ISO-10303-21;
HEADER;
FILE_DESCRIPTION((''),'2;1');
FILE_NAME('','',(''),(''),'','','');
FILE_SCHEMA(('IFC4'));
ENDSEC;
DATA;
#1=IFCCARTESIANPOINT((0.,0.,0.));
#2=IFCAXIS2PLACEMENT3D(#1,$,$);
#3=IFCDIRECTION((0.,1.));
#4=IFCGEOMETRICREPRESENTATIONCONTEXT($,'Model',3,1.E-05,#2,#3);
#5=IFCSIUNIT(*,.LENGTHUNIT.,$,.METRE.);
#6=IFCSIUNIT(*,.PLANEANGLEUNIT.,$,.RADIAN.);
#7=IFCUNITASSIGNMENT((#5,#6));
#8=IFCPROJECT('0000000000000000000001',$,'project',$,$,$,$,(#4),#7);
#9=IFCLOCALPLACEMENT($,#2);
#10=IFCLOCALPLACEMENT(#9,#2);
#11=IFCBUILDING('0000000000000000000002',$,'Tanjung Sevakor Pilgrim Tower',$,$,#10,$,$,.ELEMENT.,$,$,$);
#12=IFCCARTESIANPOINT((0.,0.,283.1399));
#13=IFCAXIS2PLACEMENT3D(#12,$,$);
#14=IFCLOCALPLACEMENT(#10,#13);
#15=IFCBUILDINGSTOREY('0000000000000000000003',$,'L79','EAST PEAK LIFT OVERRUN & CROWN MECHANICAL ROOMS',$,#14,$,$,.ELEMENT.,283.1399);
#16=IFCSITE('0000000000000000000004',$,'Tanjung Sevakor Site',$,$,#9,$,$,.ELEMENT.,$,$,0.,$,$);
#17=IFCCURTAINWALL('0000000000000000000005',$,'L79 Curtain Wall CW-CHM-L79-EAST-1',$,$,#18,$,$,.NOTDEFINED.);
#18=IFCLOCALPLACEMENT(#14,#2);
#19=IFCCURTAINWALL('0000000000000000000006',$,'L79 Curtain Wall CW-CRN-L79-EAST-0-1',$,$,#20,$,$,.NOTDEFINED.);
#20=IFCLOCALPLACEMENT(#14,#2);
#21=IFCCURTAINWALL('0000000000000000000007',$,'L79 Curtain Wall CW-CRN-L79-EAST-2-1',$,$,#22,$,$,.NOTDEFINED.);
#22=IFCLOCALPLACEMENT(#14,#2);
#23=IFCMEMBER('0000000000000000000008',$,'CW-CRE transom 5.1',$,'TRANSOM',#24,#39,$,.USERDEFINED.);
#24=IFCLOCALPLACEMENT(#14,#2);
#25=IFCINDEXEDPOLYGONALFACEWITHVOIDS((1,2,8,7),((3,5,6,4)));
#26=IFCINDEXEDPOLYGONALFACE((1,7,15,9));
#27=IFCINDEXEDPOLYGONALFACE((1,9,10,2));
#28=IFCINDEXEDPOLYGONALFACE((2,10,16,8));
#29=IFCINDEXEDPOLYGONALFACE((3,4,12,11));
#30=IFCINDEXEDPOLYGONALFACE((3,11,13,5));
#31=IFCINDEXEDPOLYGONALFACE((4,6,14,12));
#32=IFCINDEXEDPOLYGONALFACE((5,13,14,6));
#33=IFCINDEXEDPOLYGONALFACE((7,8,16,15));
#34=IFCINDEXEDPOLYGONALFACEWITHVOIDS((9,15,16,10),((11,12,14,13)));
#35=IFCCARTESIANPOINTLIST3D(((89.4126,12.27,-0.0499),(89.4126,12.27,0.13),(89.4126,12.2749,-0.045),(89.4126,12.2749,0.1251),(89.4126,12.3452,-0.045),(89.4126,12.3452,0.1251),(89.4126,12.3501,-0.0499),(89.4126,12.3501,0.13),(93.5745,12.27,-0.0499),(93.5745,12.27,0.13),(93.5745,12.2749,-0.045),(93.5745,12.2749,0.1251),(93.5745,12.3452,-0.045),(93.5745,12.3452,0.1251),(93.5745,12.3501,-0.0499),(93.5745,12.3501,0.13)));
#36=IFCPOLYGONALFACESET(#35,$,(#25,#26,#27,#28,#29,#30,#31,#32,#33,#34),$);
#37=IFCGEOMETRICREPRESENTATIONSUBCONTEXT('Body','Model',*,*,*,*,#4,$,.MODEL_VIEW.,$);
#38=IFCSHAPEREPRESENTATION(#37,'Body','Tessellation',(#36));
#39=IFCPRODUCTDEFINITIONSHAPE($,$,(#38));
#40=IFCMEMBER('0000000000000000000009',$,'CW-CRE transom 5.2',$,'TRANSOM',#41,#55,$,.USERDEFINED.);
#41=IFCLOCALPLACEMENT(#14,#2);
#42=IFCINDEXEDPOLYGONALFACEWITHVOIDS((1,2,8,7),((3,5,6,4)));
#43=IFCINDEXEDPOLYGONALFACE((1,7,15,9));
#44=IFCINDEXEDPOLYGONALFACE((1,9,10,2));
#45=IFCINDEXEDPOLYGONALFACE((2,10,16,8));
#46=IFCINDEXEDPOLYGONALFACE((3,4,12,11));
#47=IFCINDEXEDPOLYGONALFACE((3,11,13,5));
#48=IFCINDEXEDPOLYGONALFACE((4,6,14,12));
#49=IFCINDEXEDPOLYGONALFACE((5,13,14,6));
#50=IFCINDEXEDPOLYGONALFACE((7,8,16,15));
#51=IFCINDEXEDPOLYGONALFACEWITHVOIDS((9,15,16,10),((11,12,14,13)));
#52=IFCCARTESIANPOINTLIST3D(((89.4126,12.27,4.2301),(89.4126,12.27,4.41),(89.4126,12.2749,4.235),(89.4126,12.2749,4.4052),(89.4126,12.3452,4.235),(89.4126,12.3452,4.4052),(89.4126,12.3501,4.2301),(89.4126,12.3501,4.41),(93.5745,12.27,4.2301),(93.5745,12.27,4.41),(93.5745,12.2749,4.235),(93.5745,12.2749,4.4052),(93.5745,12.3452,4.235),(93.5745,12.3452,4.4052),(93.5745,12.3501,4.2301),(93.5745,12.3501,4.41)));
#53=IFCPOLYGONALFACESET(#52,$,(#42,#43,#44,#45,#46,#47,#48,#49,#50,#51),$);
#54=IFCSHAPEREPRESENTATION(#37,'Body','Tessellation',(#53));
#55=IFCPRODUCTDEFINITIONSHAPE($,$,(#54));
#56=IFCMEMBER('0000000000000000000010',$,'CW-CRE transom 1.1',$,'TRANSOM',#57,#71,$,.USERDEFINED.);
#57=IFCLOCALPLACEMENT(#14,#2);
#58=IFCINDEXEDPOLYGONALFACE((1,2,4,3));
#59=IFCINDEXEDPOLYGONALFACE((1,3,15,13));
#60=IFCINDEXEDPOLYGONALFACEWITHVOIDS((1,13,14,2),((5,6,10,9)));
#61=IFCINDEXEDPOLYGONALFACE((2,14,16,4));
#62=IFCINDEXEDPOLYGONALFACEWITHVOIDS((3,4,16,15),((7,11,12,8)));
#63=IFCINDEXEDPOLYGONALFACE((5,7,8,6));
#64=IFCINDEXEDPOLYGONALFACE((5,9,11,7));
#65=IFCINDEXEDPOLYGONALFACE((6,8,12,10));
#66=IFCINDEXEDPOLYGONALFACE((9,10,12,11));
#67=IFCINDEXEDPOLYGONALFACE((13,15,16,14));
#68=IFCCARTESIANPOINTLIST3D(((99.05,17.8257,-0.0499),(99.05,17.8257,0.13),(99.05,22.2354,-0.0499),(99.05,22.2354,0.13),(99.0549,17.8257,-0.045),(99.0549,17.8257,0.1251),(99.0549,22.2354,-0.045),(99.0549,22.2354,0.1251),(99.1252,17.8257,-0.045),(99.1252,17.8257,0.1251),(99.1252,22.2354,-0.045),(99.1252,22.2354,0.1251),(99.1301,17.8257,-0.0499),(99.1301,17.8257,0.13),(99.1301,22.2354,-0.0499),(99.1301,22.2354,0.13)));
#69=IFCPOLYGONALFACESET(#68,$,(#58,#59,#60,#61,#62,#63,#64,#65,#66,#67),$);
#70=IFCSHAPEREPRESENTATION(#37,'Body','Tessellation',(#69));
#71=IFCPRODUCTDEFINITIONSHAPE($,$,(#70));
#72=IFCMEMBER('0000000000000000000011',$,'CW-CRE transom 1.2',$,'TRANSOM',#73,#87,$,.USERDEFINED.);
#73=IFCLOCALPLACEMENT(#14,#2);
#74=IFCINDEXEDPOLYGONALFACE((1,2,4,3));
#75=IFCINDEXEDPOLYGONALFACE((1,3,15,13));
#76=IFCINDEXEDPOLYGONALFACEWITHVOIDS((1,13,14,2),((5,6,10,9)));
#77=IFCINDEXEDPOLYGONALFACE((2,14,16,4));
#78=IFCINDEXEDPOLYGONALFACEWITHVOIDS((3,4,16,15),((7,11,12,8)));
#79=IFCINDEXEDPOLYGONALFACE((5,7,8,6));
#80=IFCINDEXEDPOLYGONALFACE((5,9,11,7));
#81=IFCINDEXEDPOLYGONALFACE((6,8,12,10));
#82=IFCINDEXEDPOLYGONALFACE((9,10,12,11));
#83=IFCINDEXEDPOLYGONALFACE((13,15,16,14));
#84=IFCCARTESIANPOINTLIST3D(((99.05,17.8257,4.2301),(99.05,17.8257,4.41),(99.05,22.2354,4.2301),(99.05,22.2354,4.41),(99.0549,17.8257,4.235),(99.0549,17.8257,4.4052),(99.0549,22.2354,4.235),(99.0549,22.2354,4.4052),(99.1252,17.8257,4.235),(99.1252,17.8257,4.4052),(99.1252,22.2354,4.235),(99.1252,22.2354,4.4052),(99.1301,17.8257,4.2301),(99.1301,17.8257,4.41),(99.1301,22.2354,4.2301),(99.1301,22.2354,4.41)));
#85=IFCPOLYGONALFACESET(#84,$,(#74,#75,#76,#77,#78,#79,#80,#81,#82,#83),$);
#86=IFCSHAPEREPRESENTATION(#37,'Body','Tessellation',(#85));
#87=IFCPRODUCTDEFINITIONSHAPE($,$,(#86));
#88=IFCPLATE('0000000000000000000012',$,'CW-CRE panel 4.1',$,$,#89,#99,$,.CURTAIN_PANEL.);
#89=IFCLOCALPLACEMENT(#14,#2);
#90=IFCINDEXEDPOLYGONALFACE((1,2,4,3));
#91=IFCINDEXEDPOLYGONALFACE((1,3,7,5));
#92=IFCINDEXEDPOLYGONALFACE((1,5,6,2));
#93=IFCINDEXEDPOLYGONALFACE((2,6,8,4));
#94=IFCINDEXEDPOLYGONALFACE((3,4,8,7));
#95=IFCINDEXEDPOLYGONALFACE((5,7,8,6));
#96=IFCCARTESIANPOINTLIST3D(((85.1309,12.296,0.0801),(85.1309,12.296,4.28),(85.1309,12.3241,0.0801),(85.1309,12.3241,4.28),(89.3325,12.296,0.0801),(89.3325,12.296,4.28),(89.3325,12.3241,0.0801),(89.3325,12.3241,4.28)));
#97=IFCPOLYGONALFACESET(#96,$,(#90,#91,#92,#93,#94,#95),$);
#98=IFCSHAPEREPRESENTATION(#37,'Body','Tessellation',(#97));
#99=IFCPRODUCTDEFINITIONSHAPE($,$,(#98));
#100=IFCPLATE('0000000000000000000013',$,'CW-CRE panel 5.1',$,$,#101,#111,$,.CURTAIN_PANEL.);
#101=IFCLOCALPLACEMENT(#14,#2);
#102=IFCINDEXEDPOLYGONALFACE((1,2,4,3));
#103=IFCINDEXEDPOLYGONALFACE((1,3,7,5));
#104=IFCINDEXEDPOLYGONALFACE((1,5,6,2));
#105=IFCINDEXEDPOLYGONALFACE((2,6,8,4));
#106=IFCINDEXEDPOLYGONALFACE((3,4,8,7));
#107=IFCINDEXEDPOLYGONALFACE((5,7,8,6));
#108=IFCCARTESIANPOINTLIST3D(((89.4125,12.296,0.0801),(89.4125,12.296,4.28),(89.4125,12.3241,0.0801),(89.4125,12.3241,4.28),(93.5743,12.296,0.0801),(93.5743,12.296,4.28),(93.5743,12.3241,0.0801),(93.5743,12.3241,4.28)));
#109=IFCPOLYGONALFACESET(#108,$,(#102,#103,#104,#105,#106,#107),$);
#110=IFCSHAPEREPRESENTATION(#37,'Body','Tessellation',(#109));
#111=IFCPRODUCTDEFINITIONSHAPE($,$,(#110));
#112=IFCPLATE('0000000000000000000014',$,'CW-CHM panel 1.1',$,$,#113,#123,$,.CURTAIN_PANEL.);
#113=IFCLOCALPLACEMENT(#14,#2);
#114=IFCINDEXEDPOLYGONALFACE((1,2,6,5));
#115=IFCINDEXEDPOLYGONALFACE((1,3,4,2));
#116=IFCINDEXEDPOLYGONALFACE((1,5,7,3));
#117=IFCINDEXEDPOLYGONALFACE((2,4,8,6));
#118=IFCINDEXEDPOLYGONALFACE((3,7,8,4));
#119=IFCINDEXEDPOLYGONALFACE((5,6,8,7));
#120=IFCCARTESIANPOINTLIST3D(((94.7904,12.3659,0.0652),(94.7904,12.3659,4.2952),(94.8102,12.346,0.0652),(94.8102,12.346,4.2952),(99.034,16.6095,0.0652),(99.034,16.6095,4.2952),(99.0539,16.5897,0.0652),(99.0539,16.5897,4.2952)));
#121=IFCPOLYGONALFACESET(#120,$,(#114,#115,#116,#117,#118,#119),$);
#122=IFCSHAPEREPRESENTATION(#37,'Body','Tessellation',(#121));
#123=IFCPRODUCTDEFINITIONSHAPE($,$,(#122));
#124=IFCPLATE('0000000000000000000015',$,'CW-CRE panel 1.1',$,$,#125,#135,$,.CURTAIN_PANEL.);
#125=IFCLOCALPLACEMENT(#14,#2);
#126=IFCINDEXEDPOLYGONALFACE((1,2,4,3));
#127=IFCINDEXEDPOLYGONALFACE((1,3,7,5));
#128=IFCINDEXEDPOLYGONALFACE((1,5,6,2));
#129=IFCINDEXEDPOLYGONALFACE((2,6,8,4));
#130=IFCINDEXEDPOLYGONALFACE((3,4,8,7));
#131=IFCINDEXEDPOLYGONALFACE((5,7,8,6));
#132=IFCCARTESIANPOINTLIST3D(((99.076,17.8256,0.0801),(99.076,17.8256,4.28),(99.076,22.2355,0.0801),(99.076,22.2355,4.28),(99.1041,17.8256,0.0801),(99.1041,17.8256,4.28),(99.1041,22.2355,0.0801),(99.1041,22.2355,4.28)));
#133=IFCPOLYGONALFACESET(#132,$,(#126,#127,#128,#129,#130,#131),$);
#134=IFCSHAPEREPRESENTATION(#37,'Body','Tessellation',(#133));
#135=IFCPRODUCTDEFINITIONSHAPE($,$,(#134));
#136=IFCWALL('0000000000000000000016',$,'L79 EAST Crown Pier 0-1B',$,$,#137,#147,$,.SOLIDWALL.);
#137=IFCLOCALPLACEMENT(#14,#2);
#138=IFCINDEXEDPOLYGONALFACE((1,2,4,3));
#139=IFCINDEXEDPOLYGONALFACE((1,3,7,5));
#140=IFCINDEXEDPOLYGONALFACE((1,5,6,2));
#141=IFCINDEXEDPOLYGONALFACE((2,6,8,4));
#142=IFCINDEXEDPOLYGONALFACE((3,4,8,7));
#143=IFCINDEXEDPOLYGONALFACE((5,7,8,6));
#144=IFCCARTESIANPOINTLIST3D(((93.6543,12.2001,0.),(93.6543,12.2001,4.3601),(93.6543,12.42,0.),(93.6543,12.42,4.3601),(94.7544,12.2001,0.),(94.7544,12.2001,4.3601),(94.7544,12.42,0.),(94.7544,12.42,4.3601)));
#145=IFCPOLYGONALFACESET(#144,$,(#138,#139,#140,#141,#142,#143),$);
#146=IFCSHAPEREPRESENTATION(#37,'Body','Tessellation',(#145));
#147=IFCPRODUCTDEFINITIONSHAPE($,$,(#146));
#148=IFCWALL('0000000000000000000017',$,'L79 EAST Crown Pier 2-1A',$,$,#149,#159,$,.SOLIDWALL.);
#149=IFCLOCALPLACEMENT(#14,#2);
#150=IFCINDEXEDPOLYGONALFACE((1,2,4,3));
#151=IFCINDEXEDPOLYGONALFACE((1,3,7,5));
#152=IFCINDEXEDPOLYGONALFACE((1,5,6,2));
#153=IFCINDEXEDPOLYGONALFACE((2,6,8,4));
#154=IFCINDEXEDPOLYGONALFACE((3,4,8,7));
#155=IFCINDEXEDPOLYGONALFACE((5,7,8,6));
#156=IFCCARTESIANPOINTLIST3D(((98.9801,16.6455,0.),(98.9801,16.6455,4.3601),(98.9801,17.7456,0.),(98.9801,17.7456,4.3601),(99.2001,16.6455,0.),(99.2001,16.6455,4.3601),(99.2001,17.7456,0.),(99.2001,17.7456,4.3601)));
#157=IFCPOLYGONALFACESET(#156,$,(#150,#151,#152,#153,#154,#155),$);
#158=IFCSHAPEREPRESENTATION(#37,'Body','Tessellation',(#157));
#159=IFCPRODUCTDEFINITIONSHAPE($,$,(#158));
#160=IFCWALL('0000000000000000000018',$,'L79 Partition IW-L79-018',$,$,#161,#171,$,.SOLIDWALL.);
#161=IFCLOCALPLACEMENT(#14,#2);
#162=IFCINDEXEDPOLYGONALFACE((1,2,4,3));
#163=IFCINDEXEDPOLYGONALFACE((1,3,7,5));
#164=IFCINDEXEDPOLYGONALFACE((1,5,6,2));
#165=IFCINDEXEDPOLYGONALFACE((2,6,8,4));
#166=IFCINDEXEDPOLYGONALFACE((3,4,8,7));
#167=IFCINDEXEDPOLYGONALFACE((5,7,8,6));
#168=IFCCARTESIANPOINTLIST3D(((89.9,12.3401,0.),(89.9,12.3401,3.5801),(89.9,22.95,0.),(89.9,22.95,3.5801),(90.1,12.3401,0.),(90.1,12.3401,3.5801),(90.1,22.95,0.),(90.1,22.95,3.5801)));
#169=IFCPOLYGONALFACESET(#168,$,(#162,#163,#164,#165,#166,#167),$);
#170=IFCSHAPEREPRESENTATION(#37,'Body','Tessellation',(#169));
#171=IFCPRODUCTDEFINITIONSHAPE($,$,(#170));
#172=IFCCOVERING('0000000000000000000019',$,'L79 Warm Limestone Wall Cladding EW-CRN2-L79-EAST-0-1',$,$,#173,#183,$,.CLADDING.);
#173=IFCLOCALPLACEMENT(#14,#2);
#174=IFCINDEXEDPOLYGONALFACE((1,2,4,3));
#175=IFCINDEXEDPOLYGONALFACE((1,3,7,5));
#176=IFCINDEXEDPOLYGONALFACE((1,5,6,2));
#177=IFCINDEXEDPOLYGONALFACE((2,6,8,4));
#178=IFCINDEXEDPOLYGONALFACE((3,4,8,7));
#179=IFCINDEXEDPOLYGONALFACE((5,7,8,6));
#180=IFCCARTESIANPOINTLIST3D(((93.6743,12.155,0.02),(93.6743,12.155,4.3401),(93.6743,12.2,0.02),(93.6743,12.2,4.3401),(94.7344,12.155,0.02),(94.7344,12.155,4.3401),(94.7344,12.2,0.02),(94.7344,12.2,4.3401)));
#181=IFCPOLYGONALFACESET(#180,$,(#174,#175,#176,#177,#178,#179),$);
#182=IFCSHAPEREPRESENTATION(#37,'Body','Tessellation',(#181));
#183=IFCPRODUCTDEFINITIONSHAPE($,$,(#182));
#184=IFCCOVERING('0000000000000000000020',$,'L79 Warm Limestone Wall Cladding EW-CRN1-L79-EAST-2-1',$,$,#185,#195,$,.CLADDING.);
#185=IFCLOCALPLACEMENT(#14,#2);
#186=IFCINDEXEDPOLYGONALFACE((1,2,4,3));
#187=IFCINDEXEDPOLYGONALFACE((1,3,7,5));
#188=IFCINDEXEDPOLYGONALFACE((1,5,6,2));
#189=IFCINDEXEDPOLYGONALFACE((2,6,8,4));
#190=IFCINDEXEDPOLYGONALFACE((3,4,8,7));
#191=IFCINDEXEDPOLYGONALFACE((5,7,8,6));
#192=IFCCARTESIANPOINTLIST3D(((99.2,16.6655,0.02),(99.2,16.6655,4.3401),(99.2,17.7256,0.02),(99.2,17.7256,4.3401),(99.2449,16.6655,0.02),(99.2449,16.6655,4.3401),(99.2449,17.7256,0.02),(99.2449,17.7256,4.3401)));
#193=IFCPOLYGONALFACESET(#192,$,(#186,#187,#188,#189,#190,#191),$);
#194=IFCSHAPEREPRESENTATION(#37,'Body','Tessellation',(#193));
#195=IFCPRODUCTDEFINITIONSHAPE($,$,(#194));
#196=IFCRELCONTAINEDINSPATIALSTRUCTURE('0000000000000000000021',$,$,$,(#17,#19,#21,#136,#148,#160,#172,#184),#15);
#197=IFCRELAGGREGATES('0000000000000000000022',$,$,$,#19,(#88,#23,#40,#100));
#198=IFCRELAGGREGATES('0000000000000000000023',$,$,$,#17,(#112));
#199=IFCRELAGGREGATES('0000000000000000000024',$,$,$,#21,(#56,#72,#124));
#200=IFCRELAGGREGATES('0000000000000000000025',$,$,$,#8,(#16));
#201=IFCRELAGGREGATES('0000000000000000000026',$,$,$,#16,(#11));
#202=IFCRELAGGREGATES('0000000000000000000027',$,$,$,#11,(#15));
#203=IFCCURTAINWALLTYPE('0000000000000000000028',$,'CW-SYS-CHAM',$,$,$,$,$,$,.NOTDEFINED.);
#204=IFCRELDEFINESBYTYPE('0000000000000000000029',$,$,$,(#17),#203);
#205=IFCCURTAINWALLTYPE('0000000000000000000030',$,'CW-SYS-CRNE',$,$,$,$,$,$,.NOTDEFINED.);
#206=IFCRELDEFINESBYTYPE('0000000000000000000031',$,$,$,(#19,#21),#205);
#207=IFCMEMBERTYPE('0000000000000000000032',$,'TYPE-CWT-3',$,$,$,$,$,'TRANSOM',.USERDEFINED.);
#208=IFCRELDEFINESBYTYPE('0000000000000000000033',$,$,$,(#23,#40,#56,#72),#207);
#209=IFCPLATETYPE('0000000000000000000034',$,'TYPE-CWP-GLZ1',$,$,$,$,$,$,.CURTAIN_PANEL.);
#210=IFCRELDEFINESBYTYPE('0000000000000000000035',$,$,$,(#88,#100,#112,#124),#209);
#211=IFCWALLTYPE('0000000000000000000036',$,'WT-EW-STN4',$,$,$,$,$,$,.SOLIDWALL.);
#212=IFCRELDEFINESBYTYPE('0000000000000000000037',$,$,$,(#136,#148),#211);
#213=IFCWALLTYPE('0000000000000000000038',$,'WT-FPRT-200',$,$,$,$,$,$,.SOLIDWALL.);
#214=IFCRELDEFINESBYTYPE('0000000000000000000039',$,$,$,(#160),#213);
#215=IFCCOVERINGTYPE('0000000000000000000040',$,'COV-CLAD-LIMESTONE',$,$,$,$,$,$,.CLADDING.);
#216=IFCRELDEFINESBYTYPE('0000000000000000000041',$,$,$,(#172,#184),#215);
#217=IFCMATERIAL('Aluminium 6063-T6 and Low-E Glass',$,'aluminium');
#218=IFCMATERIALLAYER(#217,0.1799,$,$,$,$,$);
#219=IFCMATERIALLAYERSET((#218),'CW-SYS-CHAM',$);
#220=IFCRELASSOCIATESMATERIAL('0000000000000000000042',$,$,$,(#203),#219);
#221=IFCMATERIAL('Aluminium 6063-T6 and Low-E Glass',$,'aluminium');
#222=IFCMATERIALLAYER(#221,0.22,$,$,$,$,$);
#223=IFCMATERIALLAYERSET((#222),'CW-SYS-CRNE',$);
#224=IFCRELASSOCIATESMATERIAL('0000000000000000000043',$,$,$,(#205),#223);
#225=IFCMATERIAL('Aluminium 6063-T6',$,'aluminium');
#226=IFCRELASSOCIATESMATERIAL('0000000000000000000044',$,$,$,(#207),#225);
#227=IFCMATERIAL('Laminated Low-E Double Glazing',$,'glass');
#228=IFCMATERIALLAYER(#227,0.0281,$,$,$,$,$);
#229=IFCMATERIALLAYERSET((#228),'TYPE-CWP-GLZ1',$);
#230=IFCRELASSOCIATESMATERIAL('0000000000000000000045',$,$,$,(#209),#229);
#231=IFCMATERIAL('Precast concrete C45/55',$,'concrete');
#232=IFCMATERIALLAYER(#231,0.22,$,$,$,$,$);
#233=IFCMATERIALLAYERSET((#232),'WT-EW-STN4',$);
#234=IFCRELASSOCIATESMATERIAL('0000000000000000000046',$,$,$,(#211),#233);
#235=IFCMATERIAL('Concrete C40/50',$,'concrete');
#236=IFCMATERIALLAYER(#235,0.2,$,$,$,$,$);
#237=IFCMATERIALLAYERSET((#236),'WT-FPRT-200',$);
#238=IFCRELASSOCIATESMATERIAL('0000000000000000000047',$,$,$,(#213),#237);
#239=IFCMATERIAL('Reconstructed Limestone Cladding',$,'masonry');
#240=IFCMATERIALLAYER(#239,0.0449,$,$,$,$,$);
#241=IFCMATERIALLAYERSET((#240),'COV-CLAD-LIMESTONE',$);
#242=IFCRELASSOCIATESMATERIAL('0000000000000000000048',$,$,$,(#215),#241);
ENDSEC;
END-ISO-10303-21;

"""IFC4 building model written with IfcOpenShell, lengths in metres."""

from ifc_helpers import new_model, si_unit, direction, frame, frame_2d, origin, origin_2d, place, context, subcontext, project, spatial, rectangle, hollow_rectangle, extrude, material, layer, layer_set, material_profile, profile_set, type_object, element, aggregate, save


model = new_model("IFC4")

# Units and contexts
model_context = context("Model", 3, precision=1e-05, world=origin(), true_north=direction((0.0, 1.0)))
body_context = subcontext(model_context, "Body", "Model", "MODEL_VIEW")
ifc_project = project(units=[si_unit("LENGTHUNIT", "METRE"), si_unit("PLANEANGLEUNIT", "RADIAN")], contexts=[model_context])

# Site, building, storey
site_placement = place(None, origin())
site = spatial("IfcSite", under=ifc_project, at=site_placement, Name="Tanjung Sevakor Site", CompositionType="ELEMENT", RefElevation=0.0)
building_placement = place(site_placement, origin())
building = spatial("IfcBuilding", under=site, at=building_placement, Name="Tanjung Sevakor Pilgrim Tower", CompositionType="ELEMENT")
storey_placement = place(building_placement, frame((0.0, 0.0, 283.1399)))
storey = spatial("IfcBuildingStorey", under=building, at=storey_placement, Name="L79", Description="EAST PEAK LIFT OVERRUN & CROWN MECHANICAL ROOMS", CompositionType="ELEMENT", Elevation=283.1399)

# Curtain walls
ifc_material_1 = material(Name="Aluminium 6063-T6 and Low-E Glass", Category="aluminium")
ifc_layer_1 = layer(ifc_material_1, 0.1799)
ifc_layer_set_1 = layer_set([ifc_layer_1], Name="CW-SYS-CHAM")
curtain_wall_type_1 = type_object("IfcCurtainWallType", Name="CW-SYS-CHAM", PredefinedType="NOTDEFINED", material=ifc_layer_set_1)
curtain_wall_1_placement = place(storey_placement, origin())
curtain_wall_1 = element("IfcCurtainWall", 1, at=curtain_wall_1_placement, inside=storey, type_object=curtain_wall_type_1, Name="L79 Curtain Wall CW-CHM-L79-EAST-1", PredefinedType="NOTDEFINED")
ifc_material_2 = material(Name="Aluminium 6063-T6 and Low-E Glass", Category="aluminium")
ifc_layer_2 = layer(ifc_material_2, 0.22)
ifc_layer_set_2 = layer_set([ifc_layer_2], Name="CW-SYS-CRNE")
curtain_wall_type_2 = type_object("IfcCurtainWallType", Name="CW-SYS-CRNE", PredefinedType="NOTDEFINED", material=ifc_layer_set_2)
curtain_wall_2_placement = place(storey_placement, origin())
curtain_wall_2 = element("IfcCurtainWall", 2, at=curtain_wall_2_placement, inside=storey, type_object=curtain_wall_type_2, Name="L79 Curtain Wall CW-CRN-L79-EAST-0-1", PredefinedType="NOTDEFINED")

# Curtain wall
curtain_wall_3_placement = place(storey_placement, origin())
curtain_wall_3 = element("IfcCurtainWall", 3, at=curtain_wall_3_placement, inside=storey, type_object=curtain_wall_type_2, Name="L79 Curtain Wall CW-CRN-L79-EAST-2-1", PredefinedType="NOTDEFINED")

# Members
ifc_material_3 = material(Name="Aluminium 6063-T6", Category="aluminium")
ifc_material_profile_1 = material_profile(ifc_material_3, hollow_rectangle(XDim=0.0801, YDim=0.1799, WallThickness=0.0049, at=origin_2d()))
ifc_profile_set_1 = profile_set([ifc_material_profile_1], Name="Aluminium 6063-T6")
member_type_1 = type_object("IfcMemberType", Name="TYPE-CWT-3", ElementType="TRANSOM", PredefinedType="USERDEFINED", material=ifc_profile_set_1)
member_1_placement = place(storey_placement, frame((89.4126, 12.3101, 0.04), z_axis=(1.0, 0.0, 0.0), x_axis=(0.0, 1.0, 0.0)))
member_1 = element("IfcMember", 4, at=member_1_placement, type_object=member_type_1, Name="CW-CRE transom 5.1", ObjectType="TRANSOM", PredefinedType="USERDEFINED", context=body_context, shape_type="SweptSolid", body=[
    extrude(hollow_rectangle(XDim=0.0801, YDim=0.1799, WallThickness=0.0049, at=origin_2d()), origin(), (0.0, 0.0, 1.0), 4.1619),
])
member_2_placement = place(storey_placement, frame((89.4126, 12.3101, 4.3201), z_axis=(1.0, 0.0, 0.0), x_axis=(0.0, 1.0, 0.0)))
member_2 = element("IfcMember", 5, at=member_2_placement, type_object=member_type_1, Name="CW-CRE transom 5.2", ObjectType="TRANSOM", PredefinedType="USERDEFINED", context=body_context, shape_type="SweptSolid", body=[
    extrude(hollow_rectangle(XDim=0.0801, YDim=0.1799, WallThickness=0.0049, at=origin_2d()), origin(), (0.0, 0.0, 1.0), 4.1619),
])
member_3_placement = place(storey_placement, frame((99.0901, 17.8257, 0.04), z_axis=(0.0, 1.0, 0.0), x_axis=(-1.0, 0.0, 0.0)))
member_3 = element("IfcMember", 6, at=member_3_placement, type_object=member_type_1, Name="CW-CRE transom 1.1", ObjectType="TRANSOM", PredefinedType="USERDEFINED", context=body_context, shape_type="SweptSolid", body=[
    extrude(hollow_rectangle(XDim=0.0801, YDim=0.1799, WallThickness=0.0049, at=origin_2d()), origin(), (0.0, 0.0, 1.0), 4.4097),
])
member_4_placement = place(storey_placement, frame((99.0901, 17.8257, 4.3201), z_axis=(0.0, 1.0, 0.0), x_axis=(-1.0, 0.0, 0.0)))
member_4 = element("IfcMember", 7, at=member_4_placement, type_object=member_type_1, Name="CW-CRE transom 1.2", ObjectType="TRANSOM", PredefinedType="USERDEFINED", context=body_context, shape_type="SweptSolid", body=[
    extrude(hollow_rectangle(XDim=0.0801, YDim=0.1799, WallThickness=0.0049, at=origin_2d()), origin(), (0.0, 0.0, 1.0), 4.4097),
])

# Plates
ifc_material_4 = material(Name="Laminated Low-E Double Glazing", Category="glass")
ifc_layer_3 = layer(ifc_material_4, 0.0281)
ifc_layer_set_3 = layer_set([ifc_layer_3], Name="TYPE-CWP-GLZ1")
plate_type = type_object("IfcPlateType", Name="TYPE-CWP-GLZ1", PredefinedType="CURTAIN_PANEL", material=ifc_layer_set_3)
plate_1_placement = place(storey_placement, frame((87.2317, 12.3101, 0.0801), z_axis=(0.0, 0.0, 1.0), x_axis=(1.0, 0.0, 0.0)))
plate_1 = element("IfcPlate", 8, at=plate_1_placement, type_object=plate_type, Name="CW-CRE panel 4.1", PredefinedType="CURTAIN_PANEL", context=body_context, shape_type="SweptSolid", body=[
    extrude(rectangle(XDim=4.2017, YDim=0.0281, at=origin_2d()), origin(), (0.0, 0.0, 1.0), 4.2),
])
plate_2_placement = place(storey_placement, frame((91.4934, 12.3101, 0.0801), z_axis=(0.0, 0.0, 1.0), x_axis=(1.0, 0.0, 0.0)))
plate_2 = element("IfcPlate", 9, at=plate_2_placement, type_object=plate_type, Name="CW-CRE panel 5.1", PredefinedType="CURTAIN_PANEL", context=body_context, shape_type="SweptSolid", body=[
    extrude(rectangle(XDim=4.1619, YDim=0.0281, at=origin_2d()), origin(), (0.0, 0.0, 1.0), 4.2),
])
aggregate(curtain_wall_2, [plate_1, member_1, member_2, plate_2])
plate_3_placement = place(storey_placement, frame((96.9221, 14.4778, 0.0652), z_axis=(0.0, 0.0, 1.0), x_axis=(0.707107, 0.707107, 0.0)))
plate_3 = element("IfcPlate", 10, at=plate_3_placement, type_object=plate_type, Name="CW-CHM panel 1.1", PredefinedType="CURTAIN_PANEL", context=body_context, shape_type="SweptSolid", body=[
    extrude(rectangle(XDim=6.0015, YDim=0.0281, at=origin_2d()), origin(), (0.0, 0.0, 1.0), 4.23),
])
aggregate(curtain_wall_1, [plate_3])
plate_4_placement = place(storey_placement, frame((99.0901, 20.0305, 0.0801), z_axis=(0.0, 0.0, 1.0), x_axis=(0.0, 1.0, 0.0)))
plate_4 = element("IfcPlate", 11, at=plate_4_placement, type_object=plate_type, Name="CW-CRE panel 1.1", PredefinedType="CURTAIN_PANEL", context=body_context, shape_type="SweptSolid", body=[
    extrude(rectangle(XDim=4.4099, YDim=0.0281, at=origin_2d()), origin(), (0.0, 0.0, 1.0), 4.2),
])
aggregate(curtain_wall_3, [member_3, member_4, plate_4])

# Walls
ifc_material_5 = material(Name="Precast concrete C45/55", Category="concrete")
ifc_layer_4 = layer(ifc_material_5, 0.22)
ifc_layer_set_4 = layer_set([ifc_layer_4], Name="WT-EW-STN4")
wall_type_1 = type_object("IfcWallType", Name="WT-EW-STN4", PredefinedType="SOLIDWALL", material=ifc_layer_set_4)
for number, where, z_axis, x_axis, name in (
    (12, (93.6543, 12.3101, 0.0), (0.0, 0.0, 1.0), (1.0, 0.0, 0.0), "L79 EAST Crown Pier 0-1B"),
    (13, (99.0901, 16.6455, 0.0), (0.0, 0.0, 1.0), (0.0, 1.0, 0.0), "L79 EAST Crown Pier 2-1A"),
):
    element("IfcWall", number, at=place(storey_placement, frame(where, z_axis=z_axis, x_axis=x_axis)), inside=storey, type_object=wall_type_1, Name=name, PredefinedType="SOLIDWALL", context=body_context, shape_type="SweptSolid", body=[
        extrude(rectangle(XDim=1.1001, YDim=0.22, at=frame_2d((0.55, 0.0))), origin(), (0.0, 0.0, 1.0), 4.3601),
    ])
ifc_material_6 = material(Name="Concrete C40/50", Category="concrete")
ifc_layer_5 = layer(ifc_material_6, 0.2)
ifc_layer_set_5 = layer_set([ifc_layer_5], Name="WT-FPRT-200")
wall_type_2 = type_object("IfcWallType", Name="WT-FPRT-200", PredefinedType="SOLIDWALL", material=ifc_layer_set_5)
wall_placement = place(storey_placement, frame((90.0, 12.3401, 0.0), z_axis=(0.0, 0.0, 1.0), x_axis=(0.0, 1.0, 0.0)))
element("IfcWall", 14, at=wall_placement, inside=storey, type_object=wall_type_2, Name="L79 Partition IW-L79-018", PredefinedType="SOLIDWALL", context=body_context, shape_type="SweptSolid", body=[
    extrude(rectangle(XDim=10.6099, YDim=0.2, at=frame_2d((5.3049, 0.0))), origin(), (0.0, 0.0, 1.0), 3.5801),
])

# Coverings
ifc_material_7 = material(Name="Reconstructed Limestone Cladding", Category="masonry")
ifc_layer_6 = layer(ifc_material_7, 0.0449)
ifc_layer_set_6 = layer_set([ifc_layer_6], Name="COV-CLAD-LIMESTONE")
covering_type = type_object("IfcCoveringType", Name="COV-CLAD-LIMESTONE", PredefinedType="CLADDING", material=ifc_layer_set_6)
for number, where, z_axis, x_axis, name in (
    (15, (94.2043, 12.1775, 0.02), (0.0, 0.0, 1.0), (1.0, 0.0, 0.0), "L79 Warm Limestone Wall Cladding EW-CRN2-L79-EAST-0-1"),
    (16, (99.2224, 17.1956, 0.02), (0.0, 0.0, 1.0), (0.0, 1.0, 0.0), "L79 Warm Limestone Wall Cladding EW-CRN1-L79-EAST-2-1"),
):
    element("IfcCovering", number, at=place(storey_placement, frame(where, z_axis=z_axis, x_axis=x_axis)), inside=storey, type_object=covering_type, Name=name, PredefinedType="CLADDING", context=body_context, shape_type="SweptSolid", body=[
        extrude(rectangle(XDim=1.0601, YDim=0.0449, at=origin_2d()), origin(), (0.0, 0.0, 1.0), 4.3201),
    ])

save(model, "model.ifc")
